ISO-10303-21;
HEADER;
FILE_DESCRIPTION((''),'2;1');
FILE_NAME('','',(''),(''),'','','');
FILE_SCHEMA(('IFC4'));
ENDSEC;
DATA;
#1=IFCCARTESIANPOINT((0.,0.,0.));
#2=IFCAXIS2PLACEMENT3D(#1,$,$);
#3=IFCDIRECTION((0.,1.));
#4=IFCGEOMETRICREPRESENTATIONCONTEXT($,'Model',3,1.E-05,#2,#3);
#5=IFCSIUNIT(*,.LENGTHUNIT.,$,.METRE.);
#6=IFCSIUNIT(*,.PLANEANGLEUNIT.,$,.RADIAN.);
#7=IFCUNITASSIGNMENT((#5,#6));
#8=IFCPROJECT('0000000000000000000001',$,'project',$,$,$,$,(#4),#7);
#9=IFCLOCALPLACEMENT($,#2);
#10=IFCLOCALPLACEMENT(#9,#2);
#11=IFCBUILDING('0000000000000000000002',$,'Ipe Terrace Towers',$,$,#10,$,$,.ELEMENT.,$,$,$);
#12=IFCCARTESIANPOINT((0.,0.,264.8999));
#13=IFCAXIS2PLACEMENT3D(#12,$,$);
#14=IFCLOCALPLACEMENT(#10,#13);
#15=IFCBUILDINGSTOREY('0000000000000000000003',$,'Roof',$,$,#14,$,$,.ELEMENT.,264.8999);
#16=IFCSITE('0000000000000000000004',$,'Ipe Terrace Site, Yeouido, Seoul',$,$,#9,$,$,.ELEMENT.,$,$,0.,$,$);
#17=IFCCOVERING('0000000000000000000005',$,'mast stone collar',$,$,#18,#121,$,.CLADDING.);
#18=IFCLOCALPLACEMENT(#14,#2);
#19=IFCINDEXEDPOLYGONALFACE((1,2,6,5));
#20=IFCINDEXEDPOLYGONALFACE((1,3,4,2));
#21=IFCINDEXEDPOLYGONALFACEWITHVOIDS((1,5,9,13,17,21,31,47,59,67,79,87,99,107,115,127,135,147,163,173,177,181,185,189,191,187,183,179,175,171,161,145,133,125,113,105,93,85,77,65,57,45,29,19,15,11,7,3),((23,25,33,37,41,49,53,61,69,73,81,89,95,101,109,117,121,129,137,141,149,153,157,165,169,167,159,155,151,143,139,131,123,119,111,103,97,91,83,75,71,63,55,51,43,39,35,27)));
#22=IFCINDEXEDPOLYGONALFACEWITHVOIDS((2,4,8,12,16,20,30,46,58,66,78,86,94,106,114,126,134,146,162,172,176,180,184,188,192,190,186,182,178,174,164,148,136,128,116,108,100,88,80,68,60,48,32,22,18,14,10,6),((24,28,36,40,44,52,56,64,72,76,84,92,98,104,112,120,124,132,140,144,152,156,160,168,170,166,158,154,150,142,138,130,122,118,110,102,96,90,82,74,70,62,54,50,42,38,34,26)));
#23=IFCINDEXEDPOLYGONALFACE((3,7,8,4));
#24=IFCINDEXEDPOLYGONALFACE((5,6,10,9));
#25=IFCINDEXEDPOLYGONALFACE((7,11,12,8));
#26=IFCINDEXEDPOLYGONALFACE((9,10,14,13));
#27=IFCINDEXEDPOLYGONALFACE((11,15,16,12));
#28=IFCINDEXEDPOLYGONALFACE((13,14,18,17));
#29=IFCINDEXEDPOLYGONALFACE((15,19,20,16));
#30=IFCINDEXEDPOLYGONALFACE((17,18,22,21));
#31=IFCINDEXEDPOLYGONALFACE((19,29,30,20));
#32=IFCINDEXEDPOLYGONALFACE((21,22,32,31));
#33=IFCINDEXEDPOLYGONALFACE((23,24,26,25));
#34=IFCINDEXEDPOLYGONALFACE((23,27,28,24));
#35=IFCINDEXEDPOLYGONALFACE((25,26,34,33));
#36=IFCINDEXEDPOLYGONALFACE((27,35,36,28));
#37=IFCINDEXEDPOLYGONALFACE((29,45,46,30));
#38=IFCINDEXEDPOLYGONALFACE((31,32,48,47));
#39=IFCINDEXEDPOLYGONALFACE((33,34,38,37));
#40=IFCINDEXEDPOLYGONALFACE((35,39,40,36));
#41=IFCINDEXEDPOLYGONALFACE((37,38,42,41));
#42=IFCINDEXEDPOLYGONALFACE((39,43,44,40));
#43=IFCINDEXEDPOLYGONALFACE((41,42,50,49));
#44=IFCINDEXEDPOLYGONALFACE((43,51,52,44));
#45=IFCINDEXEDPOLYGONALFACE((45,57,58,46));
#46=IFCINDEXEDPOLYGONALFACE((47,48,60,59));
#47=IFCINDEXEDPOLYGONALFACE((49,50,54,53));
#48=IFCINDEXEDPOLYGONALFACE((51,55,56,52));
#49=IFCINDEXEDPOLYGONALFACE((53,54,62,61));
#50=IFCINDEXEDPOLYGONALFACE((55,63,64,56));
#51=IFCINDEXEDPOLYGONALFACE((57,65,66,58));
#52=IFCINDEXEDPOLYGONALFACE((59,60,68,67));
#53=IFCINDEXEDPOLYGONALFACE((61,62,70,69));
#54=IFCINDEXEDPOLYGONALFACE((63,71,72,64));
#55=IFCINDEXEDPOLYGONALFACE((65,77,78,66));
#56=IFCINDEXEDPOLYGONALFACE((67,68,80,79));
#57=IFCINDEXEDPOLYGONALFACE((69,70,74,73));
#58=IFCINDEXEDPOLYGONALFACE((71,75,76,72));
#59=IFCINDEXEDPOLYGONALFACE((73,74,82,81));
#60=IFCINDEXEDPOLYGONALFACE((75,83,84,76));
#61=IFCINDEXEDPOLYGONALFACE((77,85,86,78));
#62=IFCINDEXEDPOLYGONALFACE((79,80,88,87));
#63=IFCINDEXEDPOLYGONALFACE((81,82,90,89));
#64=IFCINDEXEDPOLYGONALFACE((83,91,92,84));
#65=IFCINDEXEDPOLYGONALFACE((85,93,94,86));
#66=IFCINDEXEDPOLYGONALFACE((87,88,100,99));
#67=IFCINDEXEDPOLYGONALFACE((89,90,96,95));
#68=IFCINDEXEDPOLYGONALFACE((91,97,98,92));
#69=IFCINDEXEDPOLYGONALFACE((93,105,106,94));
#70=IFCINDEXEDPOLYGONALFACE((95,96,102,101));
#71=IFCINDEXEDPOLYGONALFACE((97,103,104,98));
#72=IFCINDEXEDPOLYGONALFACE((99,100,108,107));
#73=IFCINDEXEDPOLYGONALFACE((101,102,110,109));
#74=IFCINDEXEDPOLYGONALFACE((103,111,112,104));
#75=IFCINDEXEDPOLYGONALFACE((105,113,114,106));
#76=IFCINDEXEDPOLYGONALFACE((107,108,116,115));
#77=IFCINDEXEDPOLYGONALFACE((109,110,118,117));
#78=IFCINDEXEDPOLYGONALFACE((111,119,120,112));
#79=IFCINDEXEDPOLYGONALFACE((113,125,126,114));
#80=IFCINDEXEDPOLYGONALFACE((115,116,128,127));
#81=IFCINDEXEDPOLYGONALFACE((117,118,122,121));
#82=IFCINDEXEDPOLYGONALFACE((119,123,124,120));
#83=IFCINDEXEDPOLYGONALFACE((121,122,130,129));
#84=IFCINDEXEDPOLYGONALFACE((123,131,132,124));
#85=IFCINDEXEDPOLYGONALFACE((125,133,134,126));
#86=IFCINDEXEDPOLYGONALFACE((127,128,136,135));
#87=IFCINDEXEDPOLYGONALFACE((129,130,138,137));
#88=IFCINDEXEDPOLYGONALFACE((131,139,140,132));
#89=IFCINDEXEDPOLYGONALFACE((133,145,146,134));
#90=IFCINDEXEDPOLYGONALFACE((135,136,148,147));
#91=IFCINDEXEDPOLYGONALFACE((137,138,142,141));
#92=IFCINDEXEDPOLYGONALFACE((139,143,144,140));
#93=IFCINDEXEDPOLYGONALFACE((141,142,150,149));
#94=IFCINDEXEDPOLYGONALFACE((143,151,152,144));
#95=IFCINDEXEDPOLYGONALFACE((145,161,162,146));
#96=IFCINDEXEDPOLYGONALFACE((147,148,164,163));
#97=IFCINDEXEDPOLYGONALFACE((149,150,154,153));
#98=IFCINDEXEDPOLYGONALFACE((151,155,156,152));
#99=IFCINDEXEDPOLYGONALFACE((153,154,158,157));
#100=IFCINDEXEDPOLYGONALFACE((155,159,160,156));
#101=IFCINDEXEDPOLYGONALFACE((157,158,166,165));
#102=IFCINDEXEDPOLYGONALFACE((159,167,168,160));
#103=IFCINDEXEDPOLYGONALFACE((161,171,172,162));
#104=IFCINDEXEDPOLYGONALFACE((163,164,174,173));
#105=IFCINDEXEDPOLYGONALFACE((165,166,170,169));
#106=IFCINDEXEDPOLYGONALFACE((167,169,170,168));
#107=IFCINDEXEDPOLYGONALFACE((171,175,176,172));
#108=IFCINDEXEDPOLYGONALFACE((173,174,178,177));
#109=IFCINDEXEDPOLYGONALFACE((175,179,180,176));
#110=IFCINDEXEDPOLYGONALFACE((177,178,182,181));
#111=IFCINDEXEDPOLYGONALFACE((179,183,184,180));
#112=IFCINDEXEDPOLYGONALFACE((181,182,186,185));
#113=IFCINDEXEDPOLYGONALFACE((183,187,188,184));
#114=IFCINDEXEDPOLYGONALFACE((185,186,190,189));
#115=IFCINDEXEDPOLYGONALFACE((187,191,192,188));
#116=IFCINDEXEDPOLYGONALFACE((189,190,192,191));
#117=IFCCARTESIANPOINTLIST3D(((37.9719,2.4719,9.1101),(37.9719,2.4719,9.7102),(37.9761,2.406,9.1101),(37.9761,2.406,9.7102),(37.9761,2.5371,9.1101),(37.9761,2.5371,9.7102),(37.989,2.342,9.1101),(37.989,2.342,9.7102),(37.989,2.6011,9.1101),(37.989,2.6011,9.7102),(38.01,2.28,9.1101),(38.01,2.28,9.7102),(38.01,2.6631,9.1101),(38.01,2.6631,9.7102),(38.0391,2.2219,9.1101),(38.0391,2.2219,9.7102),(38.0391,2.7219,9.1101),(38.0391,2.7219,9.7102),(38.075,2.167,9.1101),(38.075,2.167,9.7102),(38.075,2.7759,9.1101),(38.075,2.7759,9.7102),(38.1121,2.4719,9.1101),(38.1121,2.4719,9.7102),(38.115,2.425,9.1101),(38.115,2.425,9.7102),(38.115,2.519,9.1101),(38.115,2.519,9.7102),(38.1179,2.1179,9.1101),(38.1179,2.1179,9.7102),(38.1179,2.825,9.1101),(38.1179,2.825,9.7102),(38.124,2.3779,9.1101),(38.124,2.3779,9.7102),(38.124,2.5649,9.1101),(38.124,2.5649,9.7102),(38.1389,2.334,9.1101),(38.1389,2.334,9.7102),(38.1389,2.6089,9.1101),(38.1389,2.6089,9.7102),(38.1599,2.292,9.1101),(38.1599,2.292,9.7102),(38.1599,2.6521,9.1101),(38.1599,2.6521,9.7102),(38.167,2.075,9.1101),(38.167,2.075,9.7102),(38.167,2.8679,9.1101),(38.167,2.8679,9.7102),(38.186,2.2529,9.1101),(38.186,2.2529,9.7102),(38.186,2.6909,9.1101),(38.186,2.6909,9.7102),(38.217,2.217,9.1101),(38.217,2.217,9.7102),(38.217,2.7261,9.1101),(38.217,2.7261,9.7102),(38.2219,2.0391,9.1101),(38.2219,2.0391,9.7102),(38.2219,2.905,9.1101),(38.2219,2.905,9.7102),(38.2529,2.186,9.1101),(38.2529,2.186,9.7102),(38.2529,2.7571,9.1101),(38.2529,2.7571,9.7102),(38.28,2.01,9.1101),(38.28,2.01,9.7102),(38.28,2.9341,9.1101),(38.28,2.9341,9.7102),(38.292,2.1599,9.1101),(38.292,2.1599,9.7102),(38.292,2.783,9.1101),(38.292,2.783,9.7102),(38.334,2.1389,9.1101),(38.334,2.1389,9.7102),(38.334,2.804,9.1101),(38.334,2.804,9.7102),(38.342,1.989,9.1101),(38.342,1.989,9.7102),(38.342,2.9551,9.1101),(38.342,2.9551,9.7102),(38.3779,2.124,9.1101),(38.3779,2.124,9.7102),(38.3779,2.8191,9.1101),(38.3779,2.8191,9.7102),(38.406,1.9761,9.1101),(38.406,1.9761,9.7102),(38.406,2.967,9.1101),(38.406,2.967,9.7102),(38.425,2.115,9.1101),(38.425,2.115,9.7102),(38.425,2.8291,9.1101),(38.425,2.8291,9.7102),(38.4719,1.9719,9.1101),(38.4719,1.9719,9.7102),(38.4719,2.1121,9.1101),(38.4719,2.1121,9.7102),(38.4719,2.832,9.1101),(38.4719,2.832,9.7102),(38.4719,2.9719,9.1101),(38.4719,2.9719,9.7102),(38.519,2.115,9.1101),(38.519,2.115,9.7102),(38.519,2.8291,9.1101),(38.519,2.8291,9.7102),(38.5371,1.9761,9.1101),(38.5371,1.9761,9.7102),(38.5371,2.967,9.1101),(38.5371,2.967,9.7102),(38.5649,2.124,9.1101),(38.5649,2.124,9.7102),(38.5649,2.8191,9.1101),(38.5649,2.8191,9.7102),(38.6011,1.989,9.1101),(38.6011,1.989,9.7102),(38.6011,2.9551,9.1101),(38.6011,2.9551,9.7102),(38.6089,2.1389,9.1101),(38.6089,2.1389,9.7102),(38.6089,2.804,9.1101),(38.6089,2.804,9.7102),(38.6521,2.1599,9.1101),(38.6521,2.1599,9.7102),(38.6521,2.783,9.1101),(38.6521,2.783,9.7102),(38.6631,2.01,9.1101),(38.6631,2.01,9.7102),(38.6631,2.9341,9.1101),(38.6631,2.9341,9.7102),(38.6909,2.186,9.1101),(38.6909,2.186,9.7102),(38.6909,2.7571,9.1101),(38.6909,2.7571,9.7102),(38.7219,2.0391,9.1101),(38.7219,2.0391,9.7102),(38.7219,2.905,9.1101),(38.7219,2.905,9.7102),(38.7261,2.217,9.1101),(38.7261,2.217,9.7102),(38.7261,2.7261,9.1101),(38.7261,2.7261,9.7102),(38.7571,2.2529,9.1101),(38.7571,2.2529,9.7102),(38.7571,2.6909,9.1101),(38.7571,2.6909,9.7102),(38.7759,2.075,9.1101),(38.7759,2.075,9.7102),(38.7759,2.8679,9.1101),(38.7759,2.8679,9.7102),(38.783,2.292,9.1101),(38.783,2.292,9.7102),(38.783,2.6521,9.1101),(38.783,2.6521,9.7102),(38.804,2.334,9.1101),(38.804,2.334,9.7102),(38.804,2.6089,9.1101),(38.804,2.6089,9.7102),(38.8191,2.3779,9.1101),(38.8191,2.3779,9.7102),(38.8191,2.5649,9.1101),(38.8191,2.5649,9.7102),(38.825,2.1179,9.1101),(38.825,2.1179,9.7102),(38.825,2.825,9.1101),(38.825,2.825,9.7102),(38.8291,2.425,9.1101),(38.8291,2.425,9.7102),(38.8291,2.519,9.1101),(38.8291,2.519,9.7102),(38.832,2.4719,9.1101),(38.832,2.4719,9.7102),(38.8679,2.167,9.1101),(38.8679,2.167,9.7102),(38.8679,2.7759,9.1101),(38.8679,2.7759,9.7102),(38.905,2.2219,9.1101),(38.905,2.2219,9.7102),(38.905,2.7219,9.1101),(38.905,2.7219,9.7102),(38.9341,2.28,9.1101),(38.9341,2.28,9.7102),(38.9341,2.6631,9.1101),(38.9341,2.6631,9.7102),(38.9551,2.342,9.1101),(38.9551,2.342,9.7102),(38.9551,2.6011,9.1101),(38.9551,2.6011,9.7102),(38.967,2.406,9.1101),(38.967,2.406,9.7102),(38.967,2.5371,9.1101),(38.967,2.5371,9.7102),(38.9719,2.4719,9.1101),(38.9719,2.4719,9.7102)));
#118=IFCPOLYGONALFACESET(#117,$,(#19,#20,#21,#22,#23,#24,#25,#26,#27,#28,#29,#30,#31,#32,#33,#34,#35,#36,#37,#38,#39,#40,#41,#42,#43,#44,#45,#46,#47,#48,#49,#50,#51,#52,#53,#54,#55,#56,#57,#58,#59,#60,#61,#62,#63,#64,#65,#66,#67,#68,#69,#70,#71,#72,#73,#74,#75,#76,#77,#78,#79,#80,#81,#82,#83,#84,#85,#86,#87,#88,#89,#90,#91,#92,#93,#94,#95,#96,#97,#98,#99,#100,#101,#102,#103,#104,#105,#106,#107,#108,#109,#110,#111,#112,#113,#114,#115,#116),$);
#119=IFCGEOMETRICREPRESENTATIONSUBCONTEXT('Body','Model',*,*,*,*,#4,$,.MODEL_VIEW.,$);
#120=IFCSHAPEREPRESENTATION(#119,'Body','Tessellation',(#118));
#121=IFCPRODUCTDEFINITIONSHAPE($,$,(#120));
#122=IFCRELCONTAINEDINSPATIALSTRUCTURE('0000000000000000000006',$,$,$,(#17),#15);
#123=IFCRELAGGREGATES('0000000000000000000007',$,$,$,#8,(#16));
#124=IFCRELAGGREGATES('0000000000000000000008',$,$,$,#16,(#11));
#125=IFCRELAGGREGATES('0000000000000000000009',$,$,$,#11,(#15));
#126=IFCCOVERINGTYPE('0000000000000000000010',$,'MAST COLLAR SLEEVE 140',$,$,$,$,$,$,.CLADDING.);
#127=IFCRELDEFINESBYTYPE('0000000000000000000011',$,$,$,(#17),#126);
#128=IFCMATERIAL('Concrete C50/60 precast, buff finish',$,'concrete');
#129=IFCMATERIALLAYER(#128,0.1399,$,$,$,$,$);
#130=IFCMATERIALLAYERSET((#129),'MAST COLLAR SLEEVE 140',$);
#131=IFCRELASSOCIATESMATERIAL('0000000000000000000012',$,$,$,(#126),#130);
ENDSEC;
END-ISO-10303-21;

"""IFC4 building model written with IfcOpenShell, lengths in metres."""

from ifc_helpers import new_model, si_unit, direction, frame, origin, place, context, subcontext, project, spatial, polyline, outline, extrude, material, layer, layer_set, type_object, element, save


model = new_model("IFC4")

# Units and contexts
model_context = context("Model", 3, precision=1e-05, world=origin(), true_north=direction((0.0, 1.0)))
body_context = subcontext(model_context, "Body", "Model", "MODEL_VIEW")
ifc_project = project(units=[si_unit("LENGTHUNIT", "METRE"), si_unit("PLANEANGLEUNIT", "RADIAN")], contexts=[model_context])

# Site, building, storey
site_placement = place(None, origin())
site = spatial("IfcSite", under=ifc_project, at=site_placement, Name="Ipe Terrace Site, Yeouido, Seoul", CompositionType="ELEMENT", RefElevation=0.0)
building_placement = place(site_placement, origin())
building = spatial("IfcBuilding", under=site, at=building_placement, Name="Ipe Terrace Towers", CompositionType="ELEMENT")
storey_placement = place(building_placement, frame((0.0, 0.0, 264.8999)))
storey = spatial("IfcBuildingStorey", under=building, at=storey_placement, Name="Roof", CompositionType="ELEMENT", Elevation=264.8999)

# Covering
ifc_material_1 = material(Name="Concrete C50/60 precast, buff finish", Category="concrete")
ifc_layer_1 = layer(ifc_material_1, 0.1399)
ifc_layer_set_1 = layer_set([ifc_layer_1], Name="MAST COLLAR SLEEVE 140")
covering_type_1 = type_object("IfcCoveringType", Name="MAST COLLAR SLEEVE 140", PredefinedType="CLADDING", material=ifc_layer_set_1)
covering_1_placement = place(storey_placement, frame((0.0, 0.0, 9.1101)))
element("IfcCovering", 1, at=covering_1_placement, inside=storey, type_object=covering_type_1, Name="mast stone collar", PredefinedType="CLADDING", context=body_context, shape_type="SweptSolid", body=[
    extrude(outline(polyline([(38.967, 2.406), (38.9551, 2.342), (38.9341, 2.28), (38.905, 2.2219), (38.8679, 2.167), (38.825, 2.1179), (38.7759, 2.075), (38.7219, 2.0391), (38.6631, 2.01), (38.6011, 1.989), (38.5371, 1.9761), (38.4719, 1.9719), (38.406, 1.9761), (38.342, 1.989), (38.28, 2.01), (38.2219, 2.0391), (38.167, 2.075), (38.1179, 2.1179), (38.075, 2.167), (38.0391, 2.2219), (38.01, 2.28), (37.989, 2.342), (37.9761, 2.406), (37.9719, 2.4719), (37.9761, 2.5371), (37.989, 2.6011), (38.01, 2.6631), (38.0391, 2.7219), (38.075, 2.7759), (38.1179, 2.825), (38.167, 2.8679), (38.2219, 2.905), (38.28, 2.9341), (38.342, 2.9551), (38.406, 2.967), (38.4719, 2.9719), (38.5371, 2.967), (38.6011, 2.9551), (38.6631, 2.9341), (38.7219, 2.905), (38.7759, 2.8679), (38.825, 2.825), (38.8679, 2.7759), (38.905, 2.7219), (38.9341, 2.6631), (38.9551, 2.6011), (38.967, 2.5371), (38.9719, 2.4719), (38.967, 2.406)]), holes=[polyline([(38.8291, 2.519), (38.8191, 2.5649), (38.804, 2.6089), (38.783, 2.6521), (38.7571, 2.6909), (38.7261, 2.7261), (38.6909, 2.7571), (38.6521, 2.783), (38.6089, 2.804), (38.5649, 2.8191), (38.519, 2.8291), (38.4719, 2.832), (38.425, 2.8291), (38.3779, 2.8191), (38.334, 2.804), (38.292, 2.783), (38.2529, 2.7571), (38.217, 2.7261), (38.186, 2.6909), (38.1599, 2.6521), (38.1389, 2.6089), (38.124, 2.5649), (38.115, 2.519), (38.1121, 2.4719), (38.115, 2.425), (38.124, 2.3779), (38.1389, 2.334), (38.1599, 2.292), (38.186, 2.2529), (38.217, 2.217), (38.2529, 2.186), (38.292, 2.1599), (38.334, 2.1389), (38.3779, 2.124), (38.425, 2.115), (38.4719, 2.1121), (38.519, 2.115), (38.5649, 2.124), (38.6089, 2.1389), (38.6521, 2.1599), (38.6909, 2.186), (38.7261, 2.217), (38.7571, 2.2529), (38.783, 2.292), (38.804, 2.334), (38.8191, 2.3779), (38.8291, 2.425), (38.832, 2.4719), (38.8291, 2.519)])]), origin(), (0.0, 0.0, 1.0), 0.6001),
])

save(model, "model.ifc")
